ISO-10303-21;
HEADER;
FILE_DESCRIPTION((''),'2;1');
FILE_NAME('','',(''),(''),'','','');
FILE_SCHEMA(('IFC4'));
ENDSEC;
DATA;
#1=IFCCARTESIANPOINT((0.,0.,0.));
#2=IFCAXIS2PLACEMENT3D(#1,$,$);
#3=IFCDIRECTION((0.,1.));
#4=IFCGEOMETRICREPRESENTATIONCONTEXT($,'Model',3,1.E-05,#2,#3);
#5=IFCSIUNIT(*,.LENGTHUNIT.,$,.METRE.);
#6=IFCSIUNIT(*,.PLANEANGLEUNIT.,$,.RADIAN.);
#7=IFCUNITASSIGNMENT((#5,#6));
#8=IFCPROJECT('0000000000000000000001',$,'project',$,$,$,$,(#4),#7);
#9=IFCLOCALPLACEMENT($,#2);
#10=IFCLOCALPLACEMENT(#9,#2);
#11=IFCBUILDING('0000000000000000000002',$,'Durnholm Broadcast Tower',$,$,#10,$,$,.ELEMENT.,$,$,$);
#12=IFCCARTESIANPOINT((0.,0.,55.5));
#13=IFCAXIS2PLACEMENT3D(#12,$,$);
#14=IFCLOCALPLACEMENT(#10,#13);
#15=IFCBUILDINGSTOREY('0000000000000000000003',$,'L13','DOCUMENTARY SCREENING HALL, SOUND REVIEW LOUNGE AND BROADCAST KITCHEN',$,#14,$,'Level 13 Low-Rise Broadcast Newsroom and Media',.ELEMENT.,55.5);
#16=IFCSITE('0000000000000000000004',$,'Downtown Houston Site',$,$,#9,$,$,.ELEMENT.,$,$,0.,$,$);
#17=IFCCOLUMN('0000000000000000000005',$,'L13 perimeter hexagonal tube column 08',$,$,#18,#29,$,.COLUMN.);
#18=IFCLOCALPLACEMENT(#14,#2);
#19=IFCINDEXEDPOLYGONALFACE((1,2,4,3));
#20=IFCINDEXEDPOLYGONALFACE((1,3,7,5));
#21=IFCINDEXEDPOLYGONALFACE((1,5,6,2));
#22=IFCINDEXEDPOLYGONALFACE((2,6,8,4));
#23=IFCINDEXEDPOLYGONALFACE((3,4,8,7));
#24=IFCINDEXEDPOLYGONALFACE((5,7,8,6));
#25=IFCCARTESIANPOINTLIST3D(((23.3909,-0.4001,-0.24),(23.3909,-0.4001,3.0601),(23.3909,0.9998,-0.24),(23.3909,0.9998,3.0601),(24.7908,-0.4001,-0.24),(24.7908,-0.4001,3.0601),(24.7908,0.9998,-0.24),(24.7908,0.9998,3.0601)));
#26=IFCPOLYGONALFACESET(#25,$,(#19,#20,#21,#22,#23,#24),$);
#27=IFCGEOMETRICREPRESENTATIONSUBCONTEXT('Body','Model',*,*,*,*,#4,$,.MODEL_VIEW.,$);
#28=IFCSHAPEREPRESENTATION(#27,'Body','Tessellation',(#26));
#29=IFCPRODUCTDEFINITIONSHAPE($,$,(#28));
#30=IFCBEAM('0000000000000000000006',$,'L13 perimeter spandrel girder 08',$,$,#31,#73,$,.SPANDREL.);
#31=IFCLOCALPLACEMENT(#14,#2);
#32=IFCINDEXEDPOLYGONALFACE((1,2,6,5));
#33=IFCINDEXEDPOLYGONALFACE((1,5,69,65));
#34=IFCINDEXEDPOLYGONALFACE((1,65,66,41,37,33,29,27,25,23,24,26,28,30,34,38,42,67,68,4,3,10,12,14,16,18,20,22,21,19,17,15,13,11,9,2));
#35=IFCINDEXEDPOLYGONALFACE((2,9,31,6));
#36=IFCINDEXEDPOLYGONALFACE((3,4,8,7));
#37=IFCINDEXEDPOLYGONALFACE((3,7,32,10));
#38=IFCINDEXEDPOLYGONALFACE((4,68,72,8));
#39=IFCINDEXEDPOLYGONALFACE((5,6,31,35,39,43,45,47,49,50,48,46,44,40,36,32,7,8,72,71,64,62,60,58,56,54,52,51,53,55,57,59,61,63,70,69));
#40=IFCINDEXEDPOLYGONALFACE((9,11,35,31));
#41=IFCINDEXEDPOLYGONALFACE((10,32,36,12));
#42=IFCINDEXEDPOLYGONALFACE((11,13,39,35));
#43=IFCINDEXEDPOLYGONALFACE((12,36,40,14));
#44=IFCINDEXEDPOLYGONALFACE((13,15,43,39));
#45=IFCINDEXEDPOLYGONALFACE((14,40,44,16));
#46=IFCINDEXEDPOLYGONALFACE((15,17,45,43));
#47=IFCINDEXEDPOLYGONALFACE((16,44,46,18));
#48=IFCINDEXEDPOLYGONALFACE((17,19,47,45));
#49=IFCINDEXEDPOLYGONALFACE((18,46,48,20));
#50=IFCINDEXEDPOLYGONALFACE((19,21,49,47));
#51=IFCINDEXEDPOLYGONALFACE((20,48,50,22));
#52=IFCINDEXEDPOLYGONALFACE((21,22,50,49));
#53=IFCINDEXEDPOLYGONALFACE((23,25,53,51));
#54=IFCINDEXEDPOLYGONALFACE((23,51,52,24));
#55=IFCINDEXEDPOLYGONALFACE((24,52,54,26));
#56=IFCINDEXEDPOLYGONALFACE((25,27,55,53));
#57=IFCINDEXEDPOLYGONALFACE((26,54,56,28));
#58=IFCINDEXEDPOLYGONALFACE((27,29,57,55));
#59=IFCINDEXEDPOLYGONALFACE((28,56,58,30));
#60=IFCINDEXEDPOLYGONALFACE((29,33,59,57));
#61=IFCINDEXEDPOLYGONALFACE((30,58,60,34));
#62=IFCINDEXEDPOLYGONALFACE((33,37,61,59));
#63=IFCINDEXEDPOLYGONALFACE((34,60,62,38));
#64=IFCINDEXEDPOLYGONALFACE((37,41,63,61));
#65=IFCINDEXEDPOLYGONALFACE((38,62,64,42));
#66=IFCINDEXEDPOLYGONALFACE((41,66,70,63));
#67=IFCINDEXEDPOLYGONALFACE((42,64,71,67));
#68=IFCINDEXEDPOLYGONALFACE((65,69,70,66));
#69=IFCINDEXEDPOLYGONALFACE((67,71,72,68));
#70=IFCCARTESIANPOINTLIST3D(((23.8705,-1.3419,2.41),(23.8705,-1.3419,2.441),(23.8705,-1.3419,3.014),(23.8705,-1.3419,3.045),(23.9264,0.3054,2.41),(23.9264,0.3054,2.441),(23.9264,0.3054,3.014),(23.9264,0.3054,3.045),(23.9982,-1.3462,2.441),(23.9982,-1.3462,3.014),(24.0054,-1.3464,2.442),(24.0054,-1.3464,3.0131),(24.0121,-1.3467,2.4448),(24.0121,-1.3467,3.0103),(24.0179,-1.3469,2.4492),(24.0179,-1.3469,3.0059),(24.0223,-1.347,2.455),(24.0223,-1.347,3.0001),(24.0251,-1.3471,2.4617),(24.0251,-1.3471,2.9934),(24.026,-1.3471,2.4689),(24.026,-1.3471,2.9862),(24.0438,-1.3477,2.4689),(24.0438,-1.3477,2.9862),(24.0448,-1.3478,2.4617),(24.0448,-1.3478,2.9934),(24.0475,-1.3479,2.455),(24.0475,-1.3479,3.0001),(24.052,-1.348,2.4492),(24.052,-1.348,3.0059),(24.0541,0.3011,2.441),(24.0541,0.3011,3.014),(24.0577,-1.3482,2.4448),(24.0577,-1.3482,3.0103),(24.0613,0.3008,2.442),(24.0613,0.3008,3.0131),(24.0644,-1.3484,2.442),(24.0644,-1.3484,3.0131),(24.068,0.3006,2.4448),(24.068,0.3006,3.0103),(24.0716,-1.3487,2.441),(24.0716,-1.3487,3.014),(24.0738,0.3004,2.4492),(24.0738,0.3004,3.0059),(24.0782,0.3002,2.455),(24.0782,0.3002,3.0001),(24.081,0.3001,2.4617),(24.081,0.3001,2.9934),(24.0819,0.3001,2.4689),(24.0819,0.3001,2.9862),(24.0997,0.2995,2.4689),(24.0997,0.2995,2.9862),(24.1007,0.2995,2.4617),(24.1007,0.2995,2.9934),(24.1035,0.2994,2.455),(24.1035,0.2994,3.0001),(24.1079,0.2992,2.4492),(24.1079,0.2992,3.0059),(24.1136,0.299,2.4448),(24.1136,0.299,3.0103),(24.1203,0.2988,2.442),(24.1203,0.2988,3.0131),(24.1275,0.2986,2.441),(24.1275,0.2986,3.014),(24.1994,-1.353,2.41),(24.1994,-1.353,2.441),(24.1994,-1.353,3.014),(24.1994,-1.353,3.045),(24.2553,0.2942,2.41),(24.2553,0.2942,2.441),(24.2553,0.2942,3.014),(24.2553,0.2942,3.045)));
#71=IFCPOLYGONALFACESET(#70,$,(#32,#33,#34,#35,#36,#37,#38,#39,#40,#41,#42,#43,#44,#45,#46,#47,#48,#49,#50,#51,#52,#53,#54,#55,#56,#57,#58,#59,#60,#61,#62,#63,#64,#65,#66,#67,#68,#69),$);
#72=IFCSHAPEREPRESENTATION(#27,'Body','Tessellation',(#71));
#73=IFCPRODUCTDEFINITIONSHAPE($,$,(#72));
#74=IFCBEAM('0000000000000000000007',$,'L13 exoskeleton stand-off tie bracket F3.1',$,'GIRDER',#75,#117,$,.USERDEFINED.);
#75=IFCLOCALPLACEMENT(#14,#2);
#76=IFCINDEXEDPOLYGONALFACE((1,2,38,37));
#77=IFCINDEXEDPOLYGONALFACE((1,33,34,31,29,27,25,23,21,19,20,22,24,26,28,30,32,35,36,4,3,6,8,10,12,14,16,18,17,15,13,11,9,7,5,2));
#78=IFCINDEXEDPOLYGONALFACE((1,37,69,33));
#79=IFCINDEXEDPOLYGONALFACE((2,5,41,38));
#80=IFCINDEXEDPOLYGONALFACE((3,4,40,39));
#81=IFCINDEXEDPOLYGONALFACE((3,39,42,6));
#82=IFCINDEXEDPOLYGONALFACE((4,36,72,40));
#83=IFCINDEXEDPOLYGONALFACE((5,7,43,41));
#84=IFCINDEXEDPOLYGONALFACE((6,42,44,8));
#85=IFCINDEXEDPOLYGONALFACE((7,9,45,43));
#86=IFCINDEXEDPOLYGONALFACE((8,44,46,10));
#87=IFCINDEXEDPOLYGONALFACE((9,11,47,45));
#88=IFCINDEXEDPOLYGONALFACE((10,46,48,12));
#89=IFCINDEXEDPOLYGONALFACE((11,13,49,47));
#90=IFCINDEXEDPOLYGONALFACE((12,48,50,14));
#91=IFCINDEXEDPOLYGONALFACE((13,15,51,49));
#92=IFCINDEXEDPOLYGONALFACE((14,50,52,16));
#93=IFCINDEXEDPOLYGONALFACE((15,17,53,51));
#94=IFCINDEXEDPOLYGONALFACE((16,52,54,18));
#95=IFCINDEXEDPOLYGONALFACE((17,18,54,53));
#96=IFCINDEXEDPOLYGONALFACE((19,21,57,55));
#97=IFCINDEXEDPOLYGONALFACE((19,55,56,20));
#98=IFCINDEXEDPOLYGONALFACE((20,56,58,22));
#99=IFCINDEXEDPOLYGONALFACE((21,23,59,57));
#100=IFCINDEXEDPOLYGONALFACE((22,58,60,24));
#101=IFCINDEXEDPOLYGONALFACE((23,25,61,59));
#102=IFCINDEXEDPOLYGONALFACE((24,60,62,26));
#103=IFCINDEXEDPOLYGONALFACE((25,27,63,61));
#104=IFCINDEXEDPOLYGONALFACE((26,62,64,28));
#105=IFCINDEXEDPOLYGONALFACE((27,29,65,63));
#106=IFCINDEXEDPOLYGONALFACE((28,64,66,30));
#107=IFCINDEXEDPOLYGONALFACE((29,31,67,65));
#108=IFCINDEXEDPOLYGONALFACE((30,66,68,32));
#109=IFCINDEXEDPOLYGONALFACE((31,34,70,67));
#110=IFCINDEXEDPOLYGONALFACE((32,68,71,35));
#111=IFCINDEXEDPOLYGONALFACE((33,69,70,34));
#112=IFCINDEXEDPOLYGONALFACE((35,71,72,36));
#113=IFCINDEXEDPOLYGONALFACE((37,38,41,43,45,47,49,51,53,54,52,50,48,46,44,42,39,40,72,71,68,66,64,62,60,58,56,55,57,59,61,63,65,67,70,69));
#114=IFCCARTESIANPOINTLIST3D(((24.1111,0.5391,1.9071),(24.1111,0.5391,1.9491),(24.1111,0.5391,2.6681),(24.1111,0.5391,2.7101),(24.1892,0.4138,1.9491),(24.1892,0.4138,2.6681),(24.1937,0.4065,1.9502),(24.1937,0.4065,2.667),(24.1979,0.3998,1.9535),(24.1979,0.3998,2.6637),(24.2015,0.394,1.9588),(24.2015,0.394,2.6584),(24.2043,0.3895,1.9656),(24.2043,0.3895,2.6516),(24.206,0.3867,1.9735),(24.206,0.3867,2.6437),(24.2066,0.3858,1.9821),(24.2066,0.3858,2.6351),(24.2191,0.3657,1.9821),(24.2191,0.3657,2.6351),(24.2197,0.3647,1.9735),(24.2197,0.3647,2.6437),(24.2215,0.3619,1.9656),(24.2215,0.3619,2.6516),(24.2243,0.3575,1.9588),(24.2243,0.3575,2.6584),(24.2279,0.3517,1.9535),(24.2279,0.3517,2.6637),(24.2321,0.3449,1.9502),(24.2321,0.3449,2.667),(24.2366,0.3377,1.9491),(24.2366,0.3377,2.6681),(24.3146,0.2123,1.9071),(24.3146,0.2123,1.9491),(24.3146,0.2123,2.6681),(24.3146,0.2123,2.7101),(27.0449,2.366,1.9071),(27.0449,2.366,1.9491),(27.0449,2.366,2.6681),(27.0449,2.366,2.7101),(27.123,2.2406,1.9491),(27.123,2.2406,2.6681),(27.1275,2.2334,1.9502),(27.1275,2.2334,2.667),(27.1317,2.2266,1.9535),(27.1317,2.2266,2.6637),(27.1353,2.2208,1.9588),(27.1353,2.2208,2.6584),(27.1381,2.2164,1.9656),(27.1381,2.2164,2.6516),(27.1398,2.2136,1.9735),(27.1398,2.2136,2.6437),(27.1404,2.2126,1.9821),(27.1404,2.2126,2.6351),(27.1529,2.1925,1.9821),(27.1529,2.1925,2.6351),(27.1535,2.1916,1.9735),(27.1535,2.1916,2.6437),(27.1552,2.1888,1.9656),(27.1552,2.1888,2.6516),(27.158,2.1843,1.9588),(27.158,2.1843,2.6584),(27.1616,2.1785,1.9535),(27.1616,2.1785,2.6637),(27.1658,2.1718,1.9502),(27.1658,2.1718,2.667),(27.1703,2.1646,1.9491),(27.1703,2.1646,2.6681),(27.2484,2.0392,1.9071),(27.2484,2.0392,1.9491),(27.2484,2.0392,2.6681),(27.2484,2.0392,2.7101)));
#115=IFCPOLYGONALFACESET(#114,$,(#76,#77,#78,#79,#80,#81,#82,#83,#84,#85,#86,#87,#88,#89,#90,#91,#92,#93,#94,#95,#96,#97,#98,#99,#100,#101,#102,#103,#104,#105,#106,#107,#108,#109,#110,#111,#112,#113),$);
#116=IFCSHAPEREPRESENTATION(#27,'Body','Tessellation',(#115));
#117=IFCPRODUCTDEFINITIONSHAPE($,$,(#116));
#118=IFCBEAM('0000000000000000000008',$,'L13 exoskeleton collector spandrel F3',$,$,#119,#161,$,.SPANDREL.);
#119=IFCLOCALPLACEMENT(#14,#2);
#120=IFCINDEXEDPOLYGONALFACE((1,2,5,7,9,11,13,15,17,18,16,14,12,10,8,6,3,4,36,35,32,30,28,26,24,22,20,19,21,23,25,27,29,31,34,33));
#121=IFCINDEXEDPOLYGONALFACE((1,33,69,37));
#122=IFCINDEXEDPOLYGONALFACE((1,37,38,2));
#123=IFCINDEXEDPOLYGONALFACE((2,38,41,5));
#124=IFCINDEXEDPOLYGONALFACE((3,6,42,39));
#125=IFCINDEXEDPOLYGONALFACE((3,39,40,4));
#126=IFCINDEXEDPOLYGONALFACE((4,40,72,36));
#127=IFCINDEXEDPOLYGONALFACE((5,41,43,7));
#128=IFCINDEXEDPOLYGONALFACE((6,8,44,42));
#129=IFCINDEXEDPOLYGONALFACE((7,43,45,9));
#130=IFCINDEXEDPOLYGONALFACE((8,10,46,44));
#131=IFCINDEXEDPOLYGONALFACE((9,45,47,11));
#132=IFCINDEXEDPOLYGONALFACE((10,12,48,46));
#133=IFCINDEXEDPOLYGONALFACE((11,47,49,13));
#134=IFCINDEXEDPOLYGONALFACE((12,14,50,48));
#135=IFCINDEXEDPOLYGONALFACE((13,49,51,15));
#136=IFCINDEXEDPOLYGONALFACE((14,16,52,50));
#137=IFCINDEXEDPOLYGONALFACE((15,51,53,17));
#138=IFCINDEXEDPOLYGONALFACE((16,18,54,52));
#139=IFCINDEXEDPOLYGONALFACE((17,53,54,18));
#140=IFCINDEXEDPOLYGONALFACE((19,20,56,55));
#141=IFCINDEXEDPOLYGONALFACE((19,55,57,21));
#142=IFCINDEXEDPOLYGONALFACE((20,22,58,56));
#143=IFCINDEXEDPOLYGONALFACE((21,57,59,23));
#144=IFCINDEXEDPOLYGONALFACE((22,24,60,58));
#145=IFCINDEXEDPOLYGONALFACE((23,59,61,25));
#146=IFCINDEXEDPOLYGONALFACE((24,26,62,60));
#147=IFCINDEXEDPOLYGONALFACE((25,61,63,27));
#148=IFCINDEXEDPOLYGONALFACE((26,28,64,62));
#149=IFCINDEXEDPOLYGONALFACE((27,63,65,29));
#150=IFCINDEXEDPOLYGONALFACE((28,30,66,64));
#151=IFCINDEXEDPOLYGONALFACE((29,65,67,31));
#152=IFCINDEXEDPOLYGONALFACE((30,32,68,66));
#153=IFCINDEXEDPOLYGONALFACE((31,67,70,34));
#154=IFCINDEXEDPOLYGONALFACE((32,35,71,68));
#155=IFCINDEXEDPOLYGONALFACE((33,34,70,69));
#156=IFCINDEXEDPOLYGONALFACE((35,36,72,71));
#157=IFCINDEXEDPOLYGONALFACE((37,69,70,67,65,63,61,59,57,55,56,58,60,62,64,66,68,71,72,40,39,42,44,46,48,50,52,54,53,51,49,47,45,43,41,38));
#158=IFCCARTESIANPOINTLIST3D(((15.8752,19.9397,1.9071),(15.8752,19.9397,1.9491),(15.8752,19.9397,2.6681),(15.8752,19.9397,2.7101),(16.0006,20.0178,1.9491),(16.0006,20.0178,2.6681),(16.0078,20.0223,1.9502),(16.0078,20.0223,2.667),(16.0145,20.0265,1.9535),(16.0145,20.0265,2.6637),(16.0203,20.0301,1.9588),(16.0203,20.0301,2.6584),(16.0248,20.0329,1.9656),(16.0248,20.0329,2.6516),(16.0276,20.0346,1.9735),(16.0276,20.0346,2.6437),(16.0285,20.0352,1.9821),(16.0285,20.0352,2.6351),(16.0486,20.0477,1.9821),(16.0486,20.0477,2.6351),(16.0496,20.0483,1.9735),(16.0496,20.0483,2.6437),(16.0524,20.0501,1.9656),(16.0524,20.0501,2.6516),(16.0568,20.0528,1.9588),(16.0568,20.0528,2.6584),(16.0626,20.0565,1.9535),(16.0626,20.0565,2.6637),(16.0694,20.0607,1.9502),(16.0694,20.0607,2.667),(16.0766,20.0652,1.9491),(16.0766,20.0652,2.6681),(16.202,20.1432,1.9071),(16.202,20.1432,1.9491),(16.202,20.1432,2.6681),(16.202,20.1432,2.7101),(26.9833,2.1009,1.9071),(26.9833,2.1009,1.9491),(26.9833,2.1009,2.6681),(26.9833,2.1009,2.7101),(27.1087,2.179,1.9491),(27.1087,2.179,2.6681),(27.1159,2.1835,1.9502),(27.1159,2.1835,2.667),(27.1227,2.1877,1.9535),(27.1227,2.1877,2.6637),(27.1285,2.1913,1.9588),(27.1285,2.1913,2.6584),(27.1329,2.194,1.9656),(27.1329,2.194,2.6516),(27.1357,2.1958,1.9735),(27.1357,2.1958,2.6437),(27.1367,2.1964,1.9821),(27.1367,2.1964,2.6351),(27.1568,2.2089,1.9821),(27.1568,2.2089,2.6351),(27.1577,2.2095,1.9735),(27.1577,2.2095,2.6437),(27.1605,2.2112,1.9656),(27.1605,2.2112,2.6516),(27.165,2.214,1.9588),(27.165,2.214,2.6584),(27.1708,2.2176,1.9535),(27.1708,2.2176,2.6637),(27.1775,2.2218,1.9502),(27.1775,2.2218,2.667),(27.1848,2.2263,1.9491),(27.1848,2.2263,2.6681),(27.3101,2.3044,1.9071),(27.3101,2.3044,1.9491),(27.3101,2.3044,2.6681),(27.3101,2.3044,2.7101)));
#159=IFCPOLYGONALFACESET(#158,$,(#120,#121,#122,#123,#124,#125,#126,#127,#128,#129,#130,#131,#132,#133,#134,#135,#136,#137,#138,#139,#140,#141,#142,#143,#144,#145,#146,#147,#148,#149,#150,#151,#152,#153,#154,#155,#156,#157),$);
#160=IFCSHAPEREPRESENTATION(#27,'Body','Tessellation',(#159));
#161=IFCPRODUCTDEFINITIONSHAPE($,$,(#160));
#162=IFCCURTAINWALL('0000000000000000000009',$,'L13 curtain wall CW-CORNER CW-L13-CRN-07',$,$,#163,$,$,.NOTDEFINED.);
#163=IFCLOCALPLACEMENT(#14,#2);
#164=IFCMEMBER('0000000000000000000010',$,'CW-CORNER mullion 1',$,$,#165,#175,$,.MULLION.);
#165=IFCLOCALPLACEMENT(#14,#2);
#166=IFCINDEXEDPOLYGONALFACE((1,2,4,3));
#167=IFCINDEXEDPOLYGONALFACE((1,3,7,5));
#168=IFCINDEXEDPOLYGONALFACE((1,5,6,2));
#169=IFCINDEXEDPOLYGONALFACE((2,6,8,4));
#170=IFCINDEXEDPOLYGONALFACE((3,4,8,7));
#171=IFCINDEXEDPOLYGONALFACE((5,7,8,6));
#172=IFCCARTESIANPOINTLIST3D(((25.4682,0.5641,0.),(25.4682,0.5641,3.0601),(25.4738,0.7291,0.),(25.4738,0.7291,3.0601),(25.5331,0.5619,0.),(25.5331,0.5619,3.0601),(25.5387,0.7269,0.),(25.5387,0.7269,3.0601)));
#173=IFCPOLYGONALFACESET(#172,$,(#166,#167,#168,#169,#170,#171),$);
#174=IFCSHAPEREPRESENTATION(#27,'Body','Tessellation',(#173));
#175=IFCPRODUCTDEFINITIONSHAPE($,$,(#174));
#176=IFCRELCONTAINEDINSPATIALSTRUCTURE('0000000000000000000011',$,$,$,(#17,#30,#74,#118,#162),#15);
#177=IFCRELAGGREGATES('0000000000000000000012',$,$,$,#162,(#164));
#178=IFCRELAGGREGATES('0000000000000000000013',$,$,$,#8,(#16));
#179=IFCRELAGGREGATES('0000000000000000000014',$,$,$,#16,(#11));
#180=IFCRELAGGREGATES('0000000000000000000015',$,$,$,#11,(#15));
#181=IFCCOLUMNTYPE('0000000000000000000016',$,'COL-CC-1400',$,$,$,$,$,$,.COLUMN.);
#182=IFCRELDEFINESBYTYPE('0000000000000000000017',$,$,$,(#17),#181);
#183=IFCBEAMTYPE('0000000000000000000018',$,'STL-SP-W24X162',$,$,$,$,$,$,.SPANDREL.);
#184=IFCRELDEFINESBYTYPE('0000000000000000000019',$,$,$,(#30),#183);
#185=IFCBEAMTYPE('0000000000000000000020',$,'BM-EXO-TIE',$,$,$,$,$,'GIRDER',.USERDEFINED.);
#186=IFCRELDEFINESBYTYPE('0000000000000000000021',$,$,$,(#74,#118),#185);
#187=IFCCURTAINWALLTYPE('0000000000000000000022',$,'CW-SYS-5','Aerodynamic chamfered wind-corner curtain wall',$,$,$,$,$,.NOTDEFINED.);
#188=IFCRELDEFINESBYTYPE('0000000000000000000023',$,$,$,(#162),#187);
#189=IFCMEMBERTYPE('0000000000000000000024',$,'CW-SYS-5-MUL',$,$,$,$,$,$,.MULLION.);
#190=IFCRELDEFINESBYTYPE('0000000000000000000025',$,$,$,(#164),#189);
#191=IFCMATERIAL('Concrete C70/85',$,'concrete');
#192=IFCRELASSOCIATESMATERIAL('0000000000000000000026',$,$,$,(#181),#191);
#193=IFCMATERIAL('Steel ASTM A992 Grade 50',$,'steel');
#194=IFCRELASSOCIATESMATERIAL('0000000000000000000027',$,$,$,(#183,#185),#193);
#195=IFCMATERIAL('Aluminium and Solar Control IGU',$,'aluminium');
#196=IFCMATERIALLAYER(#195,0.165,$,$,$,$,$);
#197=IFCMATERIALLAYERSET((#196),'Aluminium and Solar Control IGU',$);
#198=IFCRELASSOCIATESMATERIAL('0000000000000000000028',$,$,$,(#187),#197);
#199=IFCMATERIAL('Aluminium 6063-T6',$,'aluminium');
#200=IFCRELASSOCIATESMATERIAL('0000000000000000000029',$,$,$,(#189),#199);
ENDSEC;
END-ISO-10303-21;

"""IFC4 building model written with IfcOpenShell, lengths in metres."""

from ifc_helpers import new_model, si_unit, direction, frame, origin, origin_2d, place, context, subcontext, project, spatial, rectangle, i_section, extrude, source, transform, mapped, material, layer, layer_set, material_profile, profile_set, type_object, type_shapes, element, aggregate, save


model = new_model("IFC4")

# Units and contexts
model_context = context("Model", 3, precision=1e-05, world=origin(), true_north=direction((0.0, 1.0)))
body_context = subcontext(model_context, "Body", "Model", "MODEL_VIEW")
ifc_project = project(units=[si_unit("LENGTHUNIT", "METRE"), si_unit("PLANEANGLEUNIT", "RADIAN")], contexts=[model_context])

# Site, building, storey
site_placement = place(None, origin())
site = spatial("IfcSite", under=ifc_project, at=site_placement, Name="Downtown Houston Site", CompositionType="ELEMENT", RefElevation=0.0)
building_placement = place(site_placement, origin())
building = spatial("IfcBuilding", under=site, at=building_placement, Name="Durnholm Broadcast Tower", CompositionType="ELEMENT")
storey_placement = place(building_placement, frame((0.0, 0.0, 55.5)))
storey = spatial("IfcBuildingStorey", under=building, at=storey_placement, Name="L13", Description="DOCUMENTARY SCREENING HALL, SOUND REVIEW LOUNGE AND BROADCAST KITCHEN", LongName="Level 13 Low-Rise Broadcast Newsroom and Media", CompositionType="ELEMENT", Elevation=55.5)

# Column
ifc_material_1 = material(Name="Concrete C70/85", Category="concrete")
ifc_material_profile_1 = material_profile(ifc_material_1, rectangle(XDim=1.3999, YDim=1.3999, at=origin_2d()), Name="RC1400X1400")
ifc_profile_set_1 = profile_set([ifc_material_profile_1], Name="Concrete C70/85")
column_type = type_object("IfcColumnType", Name="COL-CC-1400", PredefinedType="COLUMN", material=ifc_profile_set_1)
shared_shape_1 = source(origin(), body_context, "Body", "SweptSolid", [
    extrude(rectangle(XDim=1.3999, YDim=1.3999, at=origin_2d()), origin(), (0.0, 0.0, 1.0), 3.3),
])
type_shapes(column_type, [shared_shape_1])
column_placement = place(storey_placement, frame((24.0908, 0.2998, -0.24), z_axis=(0.0, 0.0, 1.0), x_axis=(1.0, 0.0, 0.0)))
element("IfcColumn", 1, at=column_placement, inside=storey, type_object=column_type, Name="L13 perimeter hexagonal tube column 08", PredefinedType="COLUMN", context=body_context, shape_type="MappedRepresentation", body=[
    mapped(shared_shape_1, transform((0.0, 0.0, 0.0), x_axis=(1.0, 0.0, 0.0), y_axis=(0.0, 1.0, 0.0), z_axis=(0.0, 0.0, 1.0), scale=1.0)),
])

# Beams
ifc_material_2 = material(Name="Steel ASTM A992 Grade 50", Category="steel")
ifc_material_profile_2 = material_profile(ifc_material_2, i_section(OverallWidth=0.3291, OverallDepth=0.635, WebThickness=0.0178, FlangeThickness=0.031, FilletRadius=0.0278, at=origin_2d()), Name="W24X162")
ifc_profile_set_2 = profile_set([ifc_material_profile_2], Name="Steel ASTM A992 Grade 50")
beam_type_1 = type_object("IfcBeamType", Name="STL-SP-W24X162", PredefinedType="SPANDREL", material=ifc_profile_set_2)
shared_shape_2 = source(origin(), body_context, "Body", "SweptSolid", [
    extrude(i_section(OverallWidth=0.3291, OverallDepth=0.635, WebThickness=0.0178, FlangeThickness=0.031, FilletRadius=0.0278, at=origin_2d()), origin(), (0.0, 0.0, 1.0), 1.6482),
])
type_shapes(beam_type_1, [shared_shape_2])
beam_1_placement = place(storey_placement, frame((24.0908, 0.2998, 2.7275), z_axis=(-0.033921, -0.999425, 0.0), x_axis=(0.999425, -0.033921, 0.0)))
element("IfcBeam", 2, at=beam_1_placement, inside=storey, type_object=beam_type_1, Name="L13 perimeter spandrel girder 08", PredefinedType="SPANDREL", context=body_context, shape_type="MappedRepresentation", body=[
    mapped(shared_shape_2, transform((0.0, 0.0, 0.0), x_axis=(1.0, 0.0, 0.0), y_axis=(0.0, 1.0, 0.0), z_axis=(0.0, 0.0, 1.0), scale=1.0)),
])
ifc_material_profile_3 = material_profile(ifc_material_2, i_section(OverallWidth=0.385, OverallDepth=0.803, WebThickness=0.0237, FlangeThickness=0.042, FilletRadius=0.033, at=origin_2d()), Name="W30X261")
ifc_profile_set_3 = profile_set([ifc_material_profile_3], Name="Steel ASTM A992 Grade 50")
beam_type_2 = type_object("IfcBeamType", Name="BM-EXO-TIE", ElementType="GIRDER", PredefinedType="USERDEFINED", material=ifc_profile_set_3)
shared_shape_3 = source(origin(), body_context, "Body", "SweptSolid", [
    extrude(i_section(OverallWidth=0.385, OverallDepth=0.803, WebThickness=0.0237, FlangeThickness=0.042, FilletRadius=0.033, at=origin_2d()), origin(), (0.0, 0.0, 1.0), 3.4561),
])
beam_2_placement = place(storey_placement, frame((24.2129, 0.3757, 2.3086), z_axis=(0.848874, 0.528595, 0.0), x_axis=(-0.528595, 0.848874, 0.0)))
element("IfcBeam", 3, at=beam_2_placement, inside=storey, type_object=beam_type_2, Name="L13 exoskeleton stand-off tie bracket F3.1", ObjectType="GIRDER", PredefinedType="USERDEFINED", context=body_context, shape_type="MappedRepresentation", body=[
    mapped(shared_shape_3, transform((0.0, 0.0, 0.0), x_axis=(1.0, 0.0, 0.0), y_axis=(0.0, 1.0, 0.0), z_axis=(0.0, 0.0, 1.0), scale=1.0)),
])
shared_shape_4 = source(origin(), body_context, "Body", "SweptSolid", [
    extrude(i_section(OverallWidth=0.385, OverallDepth=0.803, WebThickness=0.0237, FlangeThickness=0.042, FilletRadius=0.033, at=origin_2d()), origin(), (0.0, 0.0, 1.0), 21.0146),
])
type_shapes(beam_type_2, [shared_shape_3, shared_shape_4])
beam_3_placement = place(storey_placement, frame((27.1467, 2.2026, 2.3086), z_axis=(-0.528591, 0.848877, 0.0), x_axis=(-0.848877, -0.528591, 0.0)))
element("IfcBeam", 4, at=beam_3_placement, inside=storey, type_object=beam_type_2, Name="L13 exoskeleton collector spandrel F3", PredefinedType="SPANDREL", context=body_context, shape_type="MappedRepresentation", body=[
    mapped(shared_shape_4, transform((0.0, 0.0, 0.0), x_axis=(1.0, 0.0, 0.0), y_axis=(0.0, 1.0, 0.0), z_axis=(0.0, 0.0, 1.0), scale=1.0)),
])

# Curtain wall, member
ifc_material_3 = material(Name="Aluminium and Solar Control IGU", Category="aluminium")
ifc_layer_1 = layer(ifc_material_3, 0.165)
ifc_layer_set_1 = layer_set([ifc_layer_1], Name="Aluminium and Solar Control IGU")
curtain_wall_type_1 = type_object("IfcCurtainWallType", Name="CW-SYS-5", Description="Aerodynamic chamfered wind-corner curtain wall", PredefinedType="NOTDEFINED", material=ifc_layer_set_1)
curtain_wall_1_placement = place(storey_placement, origin())
curtain_wall_1 = element("IfcCurtainWall", 5, at=curtain_wall_1_placement, inside=storey, type_object=curtain_wall_type_1, Name="L13 curtain wall CW-CORNER CW-L13-CRN-07", PredefinedType="NOTDEFINED")
ifc_material_4 = material(Name="Aluminium 6063-T6", Category="aluminium")
ifc_material_profile_4 = material_profile(ifc_material_4, rectangle(XDim=0.0649, YDim=0.165, at=origin_2d()), Name="CWM65X165")
ifc_profile_set_4 = profile_set([ifc_material_profile_4], Name="Aluminium 6063-T6")
member_type_1 = type_object("IfcMemberType", Name="CW-SYS-5-MUL", PredefinedType="MULLION", material=ifc_profile_set_4)
shared_shape_5 = source(origin(), body_context, "Body", "SweptSolid", [
    extrude(rectangle(XDim=0.0649, YDim=0.165, at=origin_2d()), origin(), (0.0, 0.0, 1.0), 3.0601),
])
type_shapes(member_type_1, [shared_shape_5])
member_1_placement = place(storey_placement, frame((25.5034, 0.6455, 0.0), z_axis=(0.0, 0.0, 1.0), x_axis=(0.999427, -0.03384, 0.0)))
member_1 = element("IfcMember", 6, at=member_1_placement, type_object=member_type_1, Name="CW-CORNER mullion 1", PredefinedType="MULLION", context=body_context, shape_type="MappedRepresentation", body=[
    mapped(shared_shape_5, transform((0.0, 0.0, 0.0), x_axis=(1.0, 0.0, 0.0), y_axis=(0.0, 1.0, 0.0), z_axis=(0.0, 0.0, 1.0), scale=1.0)),
])
aggregate(curtain_wall_1, [member_1])

save(model, "model.ifc")
